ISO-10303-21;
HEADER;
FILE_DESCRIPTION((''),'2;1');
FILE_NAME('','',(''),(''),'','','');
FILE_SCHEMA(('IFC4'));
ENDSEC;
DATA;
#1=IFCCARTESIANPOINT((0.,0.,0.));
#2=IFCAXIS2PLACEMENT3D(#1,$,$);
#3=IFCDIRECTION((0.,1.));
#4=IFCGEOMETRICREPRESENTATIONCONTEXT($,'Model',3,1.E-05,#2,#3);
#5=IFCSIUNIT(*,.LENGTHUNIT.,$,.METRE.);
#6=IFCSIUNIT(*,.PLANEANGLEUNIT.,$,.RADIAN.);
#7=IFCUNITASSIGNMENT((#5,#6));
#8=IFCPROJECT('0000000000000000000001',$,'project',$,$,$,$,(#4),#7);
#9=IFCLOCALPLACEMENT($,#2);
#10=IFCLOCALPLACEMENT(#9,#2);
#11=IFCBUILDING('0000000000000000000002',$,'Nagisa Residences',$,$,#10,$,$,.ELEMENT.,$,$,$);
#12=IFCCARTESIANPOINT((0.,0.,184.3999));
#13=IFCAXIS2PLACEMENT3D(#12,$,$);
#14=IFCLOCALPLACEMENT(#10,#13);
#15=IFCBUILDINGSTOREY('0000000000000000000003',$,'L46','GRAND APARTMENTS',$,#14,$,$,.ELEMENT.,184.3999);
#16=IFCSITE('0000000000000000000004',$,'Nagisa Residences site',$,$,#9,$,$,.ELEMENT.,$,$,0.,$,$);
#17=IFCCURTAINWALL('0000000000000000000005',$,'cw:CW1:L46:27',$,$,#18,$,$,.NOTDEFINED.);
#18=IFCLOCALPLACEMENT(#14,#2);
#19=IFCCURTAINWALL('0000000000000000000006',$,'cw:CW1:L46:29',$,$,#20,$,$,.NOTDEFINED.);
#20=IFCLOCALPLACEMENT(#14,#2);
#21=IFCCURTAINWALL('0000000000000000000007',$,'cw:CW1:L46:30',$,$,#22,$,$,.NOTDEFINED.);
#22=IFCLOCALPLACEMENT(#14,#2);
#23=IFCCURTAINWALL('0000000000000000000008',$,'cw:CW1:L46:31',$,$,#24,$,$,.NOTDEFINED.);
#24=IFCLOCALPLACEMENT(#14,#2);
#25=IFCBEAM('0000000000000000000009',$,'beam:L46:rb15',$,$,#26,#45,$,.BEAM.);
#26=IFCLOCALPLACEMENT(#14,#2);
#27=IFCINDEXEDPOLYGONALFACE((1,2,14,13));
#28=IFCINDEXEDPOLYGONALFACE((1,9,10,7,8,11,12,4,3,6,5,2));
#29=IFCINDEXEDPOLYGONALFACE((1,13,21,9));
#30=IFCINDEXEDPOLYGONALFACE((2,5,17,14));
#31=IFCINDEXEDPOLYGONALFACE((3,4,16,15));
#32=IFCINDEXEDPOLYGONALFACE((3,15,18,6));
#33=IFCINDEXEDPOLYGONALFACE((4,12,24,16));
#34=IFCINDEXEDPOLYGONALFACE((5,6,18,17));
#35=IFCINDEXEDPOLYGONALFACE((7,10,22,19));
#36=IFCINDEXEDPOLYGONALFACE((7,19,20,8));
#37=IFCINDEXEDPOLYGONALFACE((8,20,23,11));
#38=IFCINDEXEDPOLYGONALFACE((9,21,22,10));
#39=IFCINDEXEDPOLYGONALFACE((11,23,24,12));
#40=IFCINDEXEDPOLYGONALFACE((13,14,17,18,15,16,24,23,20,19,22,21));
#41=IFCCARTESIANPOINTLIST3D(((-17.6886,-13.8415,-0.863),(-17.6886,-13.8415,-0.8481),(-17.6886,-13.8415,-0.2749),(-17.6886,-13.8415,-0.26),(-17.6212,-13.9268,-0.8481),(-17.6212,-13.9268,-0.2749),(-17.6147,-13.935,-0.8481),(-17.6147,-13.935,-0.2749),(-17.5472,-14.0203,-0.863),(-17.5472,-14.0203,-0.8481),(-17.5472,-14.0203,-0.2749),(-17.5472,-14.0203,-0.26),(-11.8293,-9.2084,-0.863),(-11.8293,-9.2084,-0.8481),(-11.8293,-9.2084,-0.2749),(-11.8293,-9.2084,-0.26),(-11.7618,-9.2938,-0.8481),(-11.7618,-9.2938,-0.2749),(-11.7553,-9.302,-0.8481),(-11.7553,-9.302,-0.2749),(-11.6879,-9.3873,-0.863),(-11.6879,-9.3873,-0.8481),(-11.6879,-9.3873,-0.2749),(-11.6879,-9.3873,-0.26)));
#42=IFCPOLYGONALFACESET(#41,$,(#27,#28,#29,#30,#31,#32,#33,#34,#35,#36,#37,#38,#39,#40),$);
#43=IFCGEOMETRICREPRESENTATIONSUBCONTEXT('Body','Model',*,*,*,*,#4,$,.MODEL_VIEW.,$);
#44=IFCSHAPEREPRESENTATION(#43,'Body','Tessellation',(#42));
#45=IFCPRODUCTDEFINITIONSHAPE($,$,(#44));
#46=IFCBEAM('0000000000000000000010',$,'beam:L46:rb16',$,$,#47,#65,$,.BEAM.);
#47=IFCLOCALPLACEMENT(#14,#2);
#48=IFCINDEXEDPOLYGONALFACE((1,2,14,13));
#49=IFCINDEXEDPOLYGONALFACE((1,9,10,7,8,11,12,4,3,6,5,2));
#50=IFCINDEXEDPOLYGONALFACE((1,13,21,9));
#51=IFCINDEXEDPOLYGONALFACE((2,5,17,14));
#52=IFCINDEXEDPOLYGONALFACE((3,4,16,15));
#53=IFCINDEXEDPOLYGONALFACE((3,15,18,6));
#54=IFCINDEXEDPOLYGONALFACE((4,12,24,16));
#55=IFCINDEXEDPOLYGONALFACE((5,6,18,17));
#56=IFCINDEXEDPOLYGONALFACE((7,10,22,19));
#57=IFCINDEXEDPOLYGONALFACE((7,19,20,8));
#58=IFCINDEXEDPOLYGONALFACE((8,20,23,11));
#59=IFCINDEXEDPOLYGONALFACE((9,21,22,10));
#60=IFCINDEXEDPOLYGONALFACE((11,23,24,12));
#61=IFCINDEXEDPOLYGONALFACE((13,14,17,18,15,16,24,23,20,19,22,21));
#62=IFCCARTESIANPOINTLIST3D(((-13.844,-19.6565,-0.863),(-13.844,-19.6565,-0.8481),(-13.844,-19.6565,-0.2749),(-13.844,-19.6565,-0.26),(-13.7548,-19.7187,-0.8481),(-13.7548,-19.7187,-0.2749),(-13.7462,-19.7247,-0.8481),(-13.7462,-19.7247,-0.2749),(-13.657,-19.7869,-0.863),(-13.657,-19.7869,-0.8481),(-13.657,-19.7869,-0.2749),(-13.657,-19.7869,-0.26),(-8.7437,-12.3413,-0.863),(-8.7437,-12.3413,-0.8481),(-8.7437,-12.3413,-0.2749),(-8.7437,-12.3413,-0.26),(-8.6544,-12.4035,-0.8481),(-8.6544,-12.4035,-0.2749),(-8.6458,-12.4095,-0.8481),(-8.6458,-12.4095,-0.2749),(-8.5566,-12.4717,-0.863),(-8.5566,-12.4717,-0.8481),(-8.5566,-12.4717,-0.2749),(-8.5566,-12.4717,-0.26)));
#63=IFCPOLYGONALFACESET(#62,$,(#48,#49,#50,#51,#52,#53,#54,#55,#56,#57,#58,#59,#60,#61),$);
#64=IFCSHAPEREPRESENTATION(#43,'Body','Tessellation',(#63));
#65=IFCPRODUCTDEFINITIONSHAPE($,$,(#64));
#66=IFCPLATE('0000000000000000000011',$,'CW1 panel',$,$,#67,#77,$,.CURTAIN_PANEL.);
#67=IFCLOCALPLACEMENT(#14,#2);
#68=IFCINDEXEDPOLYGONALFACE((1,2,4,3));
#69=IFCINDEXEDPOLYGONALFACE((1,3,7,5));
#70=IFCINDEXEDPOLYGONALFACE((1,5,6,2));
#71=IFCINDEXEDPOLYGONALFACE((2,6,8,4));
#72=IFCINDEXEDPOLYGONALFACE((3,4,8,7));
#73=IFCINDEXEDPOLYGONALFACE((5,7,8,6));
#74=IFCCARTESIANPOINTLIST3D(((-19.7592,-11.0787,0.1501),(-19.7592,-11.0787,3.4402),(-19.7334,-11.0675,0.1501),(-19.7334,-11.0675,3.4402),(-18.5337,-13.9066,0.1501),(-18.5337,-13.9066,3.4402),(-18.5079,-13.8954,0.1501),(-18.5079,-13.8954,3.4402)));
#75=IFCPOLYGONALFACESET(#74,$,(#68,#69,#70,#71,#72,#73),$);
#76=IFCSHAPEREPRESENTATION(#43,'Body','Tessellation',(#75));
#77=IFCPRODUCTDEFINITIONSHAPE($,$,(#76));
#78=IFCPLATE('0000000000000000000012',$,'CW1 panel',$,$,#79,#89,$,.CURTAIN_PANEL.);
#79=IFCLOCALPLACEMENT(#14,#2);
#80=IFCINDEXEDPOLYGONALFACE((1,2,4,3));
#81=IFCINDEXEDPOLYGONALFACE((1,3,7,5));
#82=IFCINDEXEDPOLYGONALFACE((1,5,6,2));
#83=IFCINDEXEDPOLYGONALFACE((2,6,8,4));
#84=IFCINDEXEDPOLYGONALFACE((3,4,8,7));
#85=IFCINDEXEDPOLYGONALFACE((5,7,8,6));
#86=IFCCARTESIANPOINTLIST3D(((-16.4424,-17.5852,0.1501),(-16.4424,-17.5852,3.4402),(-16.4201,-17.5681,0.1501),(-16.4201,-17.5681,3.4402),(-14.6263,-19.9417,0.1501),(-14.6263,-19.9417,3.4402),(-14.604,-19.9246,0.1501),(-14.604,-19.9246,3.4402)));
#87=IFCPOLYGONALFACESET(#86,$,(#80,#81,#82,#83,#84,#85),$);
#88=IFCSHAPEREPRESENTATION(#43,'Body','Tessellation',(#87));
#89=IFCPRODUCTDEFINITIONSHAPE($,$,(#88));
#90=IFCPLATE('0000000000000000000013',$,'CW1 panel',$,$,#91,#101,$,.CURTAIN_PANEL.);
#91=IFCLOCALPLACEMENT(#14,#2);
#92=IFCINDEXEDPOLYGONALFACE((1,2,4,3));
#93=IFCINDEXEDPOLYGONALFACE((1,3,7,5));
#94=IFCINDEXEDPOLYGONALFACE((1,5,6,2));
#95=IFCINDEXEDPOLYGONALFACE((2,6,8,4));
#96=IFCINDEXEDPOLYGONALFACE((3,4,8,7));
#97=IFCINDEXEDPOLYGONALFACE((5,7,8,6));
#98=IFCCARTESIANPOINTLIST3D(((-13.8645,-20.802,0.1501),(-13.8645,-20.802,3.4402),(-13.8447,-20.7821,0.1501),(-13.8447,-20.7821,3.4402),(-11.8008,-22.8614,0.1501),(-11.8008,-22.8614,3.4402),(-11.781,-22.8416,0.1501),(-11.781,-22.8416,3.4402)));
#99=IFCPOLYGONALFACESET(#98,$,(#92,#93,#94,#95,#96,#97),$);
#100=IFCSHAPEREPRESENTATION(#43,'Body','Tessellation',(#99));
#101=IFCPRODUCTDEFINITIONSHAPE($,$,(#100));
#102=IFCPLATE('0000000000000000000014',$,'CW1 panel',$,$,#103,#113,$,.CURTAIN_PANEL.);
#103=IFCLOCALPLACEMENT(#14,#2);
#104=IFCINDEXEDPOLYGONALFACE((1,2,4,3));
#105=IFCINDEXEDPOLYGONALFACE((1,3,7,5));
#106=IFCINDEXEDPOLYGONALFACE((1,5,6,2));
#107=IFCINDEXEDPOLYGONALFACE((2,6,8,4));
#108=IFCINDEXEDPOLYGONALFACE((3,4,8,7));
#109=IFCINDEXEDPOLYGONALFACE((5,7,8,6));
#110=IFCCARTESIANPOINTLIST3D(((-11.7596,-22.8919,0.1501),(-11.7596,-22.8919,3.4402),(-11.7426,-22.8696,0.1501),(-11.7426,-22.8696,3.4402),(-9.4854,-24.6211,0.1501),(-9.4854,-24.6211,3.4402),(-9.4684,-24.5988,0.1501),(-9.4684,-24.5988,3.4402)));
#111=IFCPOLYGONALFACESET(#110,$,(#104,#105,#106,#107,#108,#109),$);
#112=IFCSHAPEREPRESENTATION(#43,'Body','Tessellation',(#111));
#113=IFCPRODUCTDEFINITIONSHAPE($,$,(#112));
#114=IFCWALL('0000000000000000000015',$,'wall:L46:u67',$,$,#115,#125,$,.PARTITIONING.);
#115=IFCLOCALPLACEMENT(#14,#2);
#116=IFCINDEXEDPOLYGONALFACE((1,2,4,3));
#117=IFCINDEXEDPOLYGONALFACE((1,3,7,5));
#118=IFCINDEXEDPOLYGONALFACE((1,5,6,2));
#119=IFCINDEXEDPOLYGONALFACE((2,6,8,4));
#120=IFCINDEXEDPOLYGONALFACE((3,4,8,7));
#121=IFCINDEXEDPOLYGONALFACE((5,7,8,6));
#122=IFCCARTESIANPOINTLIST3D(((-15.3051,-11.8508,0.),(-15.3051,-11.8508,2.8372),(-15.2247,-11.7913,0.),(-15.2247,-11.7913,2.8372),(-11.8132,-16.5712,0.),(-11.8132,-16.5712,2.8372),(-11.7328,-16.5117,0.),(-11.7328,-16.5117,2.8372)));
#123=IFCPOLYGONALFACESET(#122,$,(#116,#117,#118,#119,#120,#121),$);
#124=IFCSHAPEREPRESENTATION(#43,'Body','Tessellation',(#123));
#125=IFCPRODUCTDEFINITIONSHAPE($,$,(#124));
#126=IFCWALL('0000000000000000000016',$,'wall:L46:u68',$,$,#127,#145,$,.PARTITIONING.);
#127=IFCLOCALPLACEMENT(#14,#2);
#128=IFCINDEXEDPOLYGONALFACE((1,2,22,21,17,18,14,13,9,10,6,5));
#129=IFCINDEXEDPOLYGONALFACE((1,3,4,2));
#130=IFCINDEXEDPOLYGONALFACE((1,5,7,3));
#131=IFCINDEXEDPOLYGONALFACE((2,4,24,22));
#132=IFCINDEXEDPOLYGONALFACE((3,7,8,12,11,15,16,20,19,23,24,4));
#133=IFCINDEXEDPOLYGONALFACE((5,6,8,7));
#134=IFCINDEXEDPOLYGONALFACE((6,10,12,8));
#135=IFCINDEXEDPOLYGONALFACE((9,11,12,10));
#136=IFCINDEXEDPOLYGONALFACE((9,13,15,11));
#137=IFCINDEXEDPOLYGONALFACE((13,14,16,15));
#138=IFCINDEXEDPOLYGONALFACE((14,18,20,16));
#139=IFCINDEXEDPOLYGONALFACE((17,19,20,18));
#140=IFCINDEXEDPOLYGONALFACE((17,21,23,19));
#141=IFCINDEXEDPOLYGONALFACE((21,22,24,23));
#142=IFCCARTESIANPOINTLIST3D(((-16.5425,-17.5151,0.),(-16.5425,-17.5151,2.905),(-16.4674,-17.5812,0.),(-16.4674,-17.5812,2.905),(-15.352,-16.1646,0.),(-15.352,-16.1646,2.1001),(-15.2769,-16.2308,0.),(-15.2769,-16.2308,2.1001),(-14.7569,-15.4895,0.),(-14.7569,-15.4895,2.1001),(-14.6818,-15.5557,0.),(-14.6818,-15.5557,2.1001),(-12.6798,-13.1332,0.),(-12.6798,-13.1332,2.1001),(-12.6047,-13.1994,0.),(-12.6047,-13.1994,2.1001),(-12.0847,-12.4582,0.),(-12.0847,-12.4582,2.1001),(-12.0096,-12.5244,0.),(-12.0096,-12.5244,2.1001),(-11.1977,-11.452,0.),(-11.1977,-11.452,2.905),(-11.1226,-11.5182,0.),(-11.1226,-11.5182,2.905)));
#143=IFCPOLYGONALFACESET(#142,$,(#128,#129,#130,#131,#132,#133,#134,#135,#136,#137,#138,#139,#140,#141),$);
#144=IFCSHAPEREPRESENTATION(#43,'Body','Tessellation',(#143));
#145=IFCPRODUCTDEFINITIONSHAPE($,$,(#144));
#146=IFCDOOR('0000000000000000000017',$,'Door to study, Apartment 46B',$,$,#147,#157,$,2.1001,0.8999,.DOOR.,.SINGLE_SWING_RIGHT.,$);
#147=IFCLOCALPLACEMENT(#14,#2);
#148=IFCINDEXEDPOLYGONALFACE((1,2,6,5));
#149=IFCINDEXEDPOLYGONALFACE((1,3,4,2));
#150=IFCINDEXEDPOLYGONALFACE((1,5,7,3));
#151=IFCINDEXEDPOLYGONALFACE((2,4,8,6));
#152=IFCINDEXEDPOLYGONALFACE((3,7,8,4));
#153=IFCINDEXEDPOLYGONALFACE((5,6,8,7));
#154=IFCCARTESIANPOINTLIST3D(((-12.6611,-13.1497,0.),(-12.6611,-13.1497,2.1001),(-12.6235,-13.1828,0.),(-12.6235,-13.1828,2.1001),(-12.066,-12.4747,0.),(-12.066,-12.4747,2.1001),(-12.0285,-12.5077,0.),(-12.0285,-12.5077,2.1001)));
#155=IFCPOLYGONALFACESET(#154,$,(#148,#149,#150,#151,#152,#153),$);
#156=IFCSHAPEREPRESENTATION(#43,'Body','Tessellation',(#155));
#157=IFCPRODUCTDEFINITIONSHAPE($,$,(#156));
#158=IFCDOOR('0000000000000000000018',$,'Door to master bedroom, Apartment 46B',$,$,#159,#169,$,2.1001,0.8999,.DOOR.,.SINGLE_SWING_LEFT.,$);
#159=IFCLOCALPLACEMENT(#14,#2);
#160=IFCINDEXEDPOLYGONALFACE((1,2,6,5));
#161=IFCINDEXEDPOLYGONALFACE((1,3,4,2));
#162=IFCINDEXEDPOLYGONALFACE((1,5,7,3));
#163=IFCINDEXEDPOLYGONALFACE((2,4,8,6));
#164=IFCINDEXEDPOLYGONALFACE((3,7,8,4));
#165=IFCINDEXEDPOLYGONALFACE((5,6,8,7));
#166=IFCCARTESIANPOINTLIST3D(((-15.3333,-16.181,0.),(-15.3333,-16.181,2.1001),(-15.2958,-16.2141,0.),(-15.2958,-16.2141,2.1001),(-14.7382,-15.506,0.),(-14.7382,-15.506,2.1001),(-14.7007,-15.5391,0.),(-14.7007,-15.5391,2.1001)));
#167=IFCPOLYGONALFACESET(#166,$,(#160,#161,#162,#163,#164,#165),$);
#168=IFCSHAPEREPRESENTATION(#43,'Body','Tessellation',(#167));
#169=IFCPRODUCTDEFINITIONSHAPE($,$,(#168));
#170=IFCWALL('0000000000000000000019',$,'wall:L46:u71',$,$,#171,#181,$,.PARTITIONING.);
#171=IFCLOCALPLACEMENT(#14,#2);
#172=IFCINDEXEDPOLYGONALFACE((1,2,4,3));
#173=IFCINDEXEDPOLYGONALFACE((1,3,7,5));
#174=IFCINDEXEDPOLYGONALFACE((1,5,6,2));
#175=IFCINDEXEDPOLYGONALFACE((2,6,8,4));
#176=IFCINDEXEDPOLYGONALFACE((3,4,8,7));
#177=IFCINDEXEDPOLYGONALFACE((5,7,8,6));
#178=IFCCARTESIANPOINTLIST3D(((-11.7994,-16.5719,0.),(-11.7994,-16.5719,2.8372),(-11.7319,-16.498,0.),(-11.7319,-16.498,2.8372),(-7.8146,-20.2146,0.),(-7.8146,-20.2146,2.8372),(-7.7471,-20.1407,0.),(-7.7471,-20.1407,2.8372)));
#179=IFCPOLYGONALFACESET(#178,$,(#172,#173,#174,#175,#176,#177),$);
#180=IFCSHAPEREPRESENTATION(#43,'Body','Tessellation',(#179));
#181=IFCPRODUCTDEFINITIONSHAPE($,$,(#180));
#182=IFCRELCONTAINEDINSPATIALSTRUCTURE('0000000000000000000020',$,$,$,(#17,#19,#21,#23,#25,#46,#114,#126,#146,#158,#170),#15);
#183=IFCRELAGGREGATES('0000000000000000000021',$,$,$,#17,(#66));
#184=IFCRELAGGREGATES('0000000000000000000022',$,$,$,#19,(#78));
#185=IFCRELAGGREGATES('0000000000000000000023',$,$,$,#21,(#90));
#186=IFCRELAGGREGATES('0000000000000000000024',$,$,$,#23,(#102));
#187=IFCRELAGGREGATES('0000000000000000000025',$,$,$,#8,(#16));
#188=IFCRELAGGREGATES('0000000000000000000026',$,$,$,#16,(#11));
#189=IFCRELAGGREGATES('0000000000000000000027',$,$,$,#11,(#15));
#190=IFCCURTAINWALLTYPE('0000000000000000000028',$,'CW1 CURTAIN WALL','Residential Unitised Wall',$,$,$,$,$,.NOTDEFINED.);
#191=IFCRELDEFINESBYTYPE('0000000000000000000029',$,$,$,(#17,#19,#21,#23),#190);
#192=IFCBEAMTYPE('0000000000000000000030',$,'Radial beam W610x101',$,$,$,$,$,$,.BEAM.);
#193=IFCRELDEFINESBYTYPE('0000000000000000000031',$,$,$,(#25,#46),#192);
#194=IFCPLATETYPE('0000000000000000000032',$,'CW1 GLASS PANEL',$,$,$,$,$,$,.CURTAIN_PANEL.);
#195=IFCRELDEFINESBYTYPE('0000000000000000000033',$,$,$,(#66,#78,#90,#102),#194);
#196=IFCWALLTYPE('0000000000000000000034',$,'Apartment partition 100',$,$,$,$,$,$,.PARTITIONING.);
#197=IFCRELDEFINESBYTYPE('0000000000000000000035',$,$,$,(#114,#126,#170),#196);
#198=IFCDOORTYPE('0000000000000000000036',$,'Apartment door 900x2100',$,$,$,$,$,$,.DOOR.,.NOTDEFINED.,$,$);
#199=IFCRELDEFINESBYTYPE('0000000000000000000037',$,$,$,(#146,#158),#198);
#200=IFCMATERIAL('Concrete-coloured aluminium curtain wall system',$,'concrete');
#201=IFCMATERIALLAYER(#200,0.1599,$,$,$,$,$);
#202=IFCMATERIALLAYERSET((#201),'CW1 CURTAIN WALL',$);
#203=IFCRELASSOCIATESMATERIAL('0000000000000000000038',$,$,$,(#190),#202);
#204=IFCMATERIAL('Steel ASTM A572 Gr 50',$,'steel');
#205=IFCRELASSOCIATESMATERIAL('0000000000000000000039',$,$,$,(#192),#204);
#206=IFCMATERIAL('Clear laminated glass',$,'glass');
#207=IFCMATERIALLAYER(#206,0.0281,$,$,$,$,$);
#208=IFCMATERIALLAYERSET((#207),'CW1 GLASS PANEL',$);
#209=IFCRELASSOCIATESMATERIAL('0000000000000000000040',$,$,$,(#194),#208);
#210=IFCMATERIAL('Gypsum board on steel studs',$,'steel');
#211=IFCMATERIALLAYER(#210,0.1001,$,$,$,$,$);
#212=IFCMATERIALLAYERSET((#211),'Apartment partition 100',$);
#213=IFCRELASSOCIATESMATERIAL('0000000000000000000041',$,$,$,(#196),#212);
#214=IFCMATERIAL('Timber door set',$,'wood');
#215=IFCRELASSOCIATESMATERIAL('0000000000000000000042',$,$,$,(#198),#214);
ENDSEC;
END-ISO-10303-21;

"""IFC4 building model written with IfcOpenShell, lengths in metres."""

from ifc_helpers import new_model, si_unit, direction, frame, frame_2d, origin, origin_2d, place, context, subcontext, project, spatial, rectangle, i_section, extrude, material, layer, layer_set, material_profile, profile_set, type_object, element, fill, aggregate, save


model = new_model("IFC4")

# Units and contexts
model_context = context("Model", 3, precision=1e-05, world=origin(), true_north=direction((0.0, 1.0)))
body_context = subcontext(model_context, "Body", "Model", "MODEL_VIEW")
ifc_project = project(units=[si_unit("LENGTHUNIT", "METRE"), si_unit("PLANEANGLEUNIT", "RADIAN")], contexts=[model_context])

# Site, building, storey
site_placement = place(None, origin())
site = spatial("IfcSite", under=ifc_project, at=site_placement, Name="Nagisa Residences site", CompositionType="ELEMENT", RefElevation=0.0)
building_placement = place(site_placement, origin())
building = spatial("IfcBuilding", under=site, at=building_placement, Name="Nagisa Residences", CompositionType="ELEMENT")
storey_placement = place(building_placement, frame((0.0, 0.0, 184.3999)))
storey = spatial("IfcBuildingStorey", under=building, at=storey_placement, Name="L46", Description="GRAND APARTMENTS", CompositionType="ELEMENT", Elevation=184.3999)

# Curtain walls
ifc_material_1 = material(Name="Concrete-coloured aluminium curtain wall system", Category="concrete")
ifc_layer_1 = layer(ifc_material_1, 0.1599)
ifc_layer_set_1 = layer_set([ifc_layer_1], Name="CW1 CURTAIN WALL")
curtain_wall_type = type_object("IfcCurtainWallType", Name="CW1 CURTAIN WALL", Description="Residential Unitised Wall", PredefinedType="NOTDEFINED", material=ifc_layer_set_1)
curtain_wall_1_placement = place(storey_placement, origin())
curtain_wall_1 = element("IfcCurtainWall", 1, at=curtain_wall_1_placement, inside=storey, type_object=curtain_wall_type, Name="cw:CW1:L46:27", PredefinedType="NOTDEFINED")
curtain_wall_2_placement = place(storey_placement, origin())
curtain_wall_2 = element("IfcCurtainWall", 2, at=curtain_wall_2_placement, inside=storey, type_object=curtain_wall_type, Name="cw:CW1:L46:29", PredefinedType="NOTDEFINED")
curtain_wall_3_placement = place(storey_placement, origin())
curtain_wall_3 = element("IfcCurtainWall", 3, at=curtain_wall_3_placement, inside=storey, type_object=curtain_wall_type, Name="cw:CW1:L46:30", PredefinedType="NOTDEFINED")
curtain_wall_4_placement = place(storey_placement, origin())
curtain_wall_4 = element("IfcCurtainWall", 4, at=curtain_wall_4_placement, inside=storey, type_object=curtain_wall_type, Name="cw:CW1:L46:31", PredefinedType="NOTDEFINED")

# Beams
ifc_material_2 = material(Name="Steel ASTM A572 Gr 50", Category="steel")
ifc_material_profile_1 = material_profile(ifc_material_2, i_section(OverallWidth=0.228, OverallDepth=0.603, WebThickness=0.0105, FlangeThickness=0.0149, at=origin_2d()), Name="W610x101")
ifc_profile_set_1 = profile_set([ifc_material_profile_1], Name="Steel ASTM A572 Gr 50")
beam_type_1 = type_object("IfcBeamType", Name="Radial beam W610x101", PredefinedType="BEAM", material=ifc_profile_set_1)
beam_1_placement = place(storey_placement, frame((-17.6179, -13.9309, -0.5615), z_axis=(0.784412, 0.620241, 0.0), x_axis=(-0.620241, 0.784412, 0.0)))
element("IfcBeam", 5, at=beam_1_placement, inside=storey, type_object=beam_type_1, Name="beam:L46:rb15", PredefinedType="BEAM", context=body_context, shape_type="SweptSolid", body=[
    extrude(i_section(OverallWidth=0.228, OverallDepth=0.603, WebThickness=0.0105, FlangeThickness=0.0149, at=origin_2d()), origin(), (0.0, 0.0, 1.0), 7.4697),
])
beam_2_placement = place(storey_placement, frame((-13.7505, -19.7217, -0.5615), z_axis=(0.571934, 0.820299, 0.0), x_axis=(-0.820299, 0.571934, 0.0)))
element("IfcBeam", 6, at=beam_2_placement, inside=storey, type_object=beam_type_1, Name="beam:L46:rb16", PredefinedType="BEAM", context=body_context, shape_type="SweptSolid", body=[
    extrude(i_section(OverallWidth=0.228, OverallDepth=0.603, WebThickness=0.0105, FlangeThickness=0.0149, at=origin_2d()), origin(), (0.0, 0.0, 1.0), 8.9177),
])

# Plates
ifc_material_3 = material(Name="Clear laminated glass", Category="glass")
ifc_layer_2 = layer(ifc_material_3, 0.0281)
ifc_layer_set_2 = layer_set([ifc_layer_2], Name="CW1 GLASS PANEL")
plate_type = type_object("IfcPlateType", Name="CW1 GLASS PANEL", PredefinedType="CURTAIN_PANEL", material=ifc_layer_set_2)
plate_1_placement = place(storey_placement, frame((-19.1335, -12.4871, 0.1501), z_axis=(0.0, 0.0, 1.0), x_axis=(0.397636, -0.917543, 0.0)))
plate_1 = element("IfcPlate", 7, at=plate_1_placement, type_object=plate_type, Name="CW1 panel", PredefinedType="CURTAIN_PANEL", context=body_context, shape_type="SweptSolid", body=[
    extrude(rectangle(XDim=3.082, YDim=0.0281, at=origin_2d()), origin(), (0.0, 0.0, 1.0), 3.29),
])
aggregate(curtain_wall_1, [plate_1])
plate_2_placement = place(storey_placement, frame((-15.5232, -18.7549, 0.1501), z_axis=(0.0, 0.0, 1.0), x_axis=(0.61043, -0.79207, 0.0)))
plate_2 = element("IfcPlate", 8, at=plate_2_placement, type_object=plate_type, Name="CW1 panel", PredefinedType="CURTAIN_PANEL", context=body_context, shape_type="SweptSolid", body=[
    extrude(rectangle(XDim=2.9751, YDim=0.0281, at=origin_2d()), origin(), (0.0, 0.0, 1.0), 3.29),
])
aggregate(curtain_wall_2, [plate_2])
plate_3_placement = place(storey_placement, frame((-12.8228, -21.8218, 0.1501), z_axis=(0.0, 0.0, 1.0), x_axis=(0.707836, -0.706377, 0.0)))
plate_3 = element("IfcPlate", 9, at=plate_3_placement, type_object=plate_type, Name="CW1 panel", PredefinedType="CURTAIN_PANEL", context=body_context, shape_type="SweptSolid", body=[
    extrude(rectangle(XDim=2.9155, YDim=0.0281, at=origin_2d()), origin(), (0.0, 0.0, 1.0), 3.29),
])
aggregate(curtain_wall_3, [plate_3])
plate_4_placement = place(storey_placement, frame((-10.614, -23.7454, 0.1501), z_axis=(0.0, 0.0, 1.0), x_axis=(0.796031, -0.605255, 0.0)))
plate_4 = element("IfcPlate", 10, at=plate_4_placement, type_object=plate_type, Name="CW1 panel", PredefinedType="CURTAIN_PANEL", context=body_context, shape_type="SweptSolid", body=[
    extrude(rectangle(XDim=2.8569, YDim=0.0281, at=origin_2d()), origin(), (0.0, 0.0, 1.0), 3.29),
])
aggregate(curtain_wall_4, [plate_4])

# Wall
ifc_material_4 = material(Name="Gypsum board on steel studs", Category="steel")
ifc_layer_3 = layer(ifc_material_4, 0.1001)
ifc_layer_set_3 = layer_set([ifc_layer_3], Name="Apartment partition 100")
wall_type_1 = type_object("IfcWallType", Name="Apartment partition 100", PredefinedType="PARTITIONING", material=ifc_layer_set_3)
wall_1_placement = place(storey_placement, frame((-15.2649, -11.821, 0.0), z_axis=(0.0, 0.0, 1.0), x_axis=(0.594711, -0.803939, 0.0)))
element("IfcWall", 11, at=wall_1_placement, inside=storey, type_object=wall_type_1, Name="wall:L46:u67", PredefinedType="PARTITIONING", context=body_context, shape_type="SweptSolid", body=[
    extrude(rectangle(XDim=5.8716, YDim=0.1001, at=frame_2d((2.9358, 0.0))), origin(), (0.0, 0.0, 1.0), 2.8372),
])

# Wall, openings, doors
wall_2_placement = place(storey_placement, frame((-11.1602, -11.4851, 0.0), z_axis=(0.0, 0.0, 1.0), x_axis=(-0.661276, -0.750143, 0.0)))
wall_2 = element("IfcWall", 12, at=wall_2_placement, inside=storey, type_object=wall_type_1, Name="wall:L46:u68", PredefinedType="PARTITIONING", context=body_context, shape_type="SweptSolid", body=[
    extrude(rectangle(XDim=8.0825, YDim=0.1001, at=frame_2d((4.0413, 0.0))), origin(), (0.0, 0.0, 1.0), 2.905),
])
opening_1_placement = place(wall_2_placement, frame((1.3413, 0.0, 0.0)))
opening_1 = element("IfcOpeningElement", 13, at=opening_1_placement, cuts=wall_2, PredefinedType="OPENING", context=body_context, shape_type="SweptSolid", body=[
    extrude(rectangle(XDim=0.8999, YDim=2.1001, at=frame_2d((0.45, 1.05))), frame((0.0, 0.0601, 0.0), z_axis=(0.0, -1.0, 0.0), x_axis=(1.0, 0.0, 0.0)), (0.0, 0.0, 1.0), 0.1201),
])
opening_2_placement = place(wall_2_placement, frame((5.3823, 0.0, 0.0)))
opening_2 = element("IfcOpeningElement", 14, at=opening_2_placement, cuts=wall_2, PredefinedType="OPENING", context=body_context, shape_type="SweptSolid", body=[
    extrude(rectangle(XDim=0.8999, YDim=2.1001, at=frame_2d((0.45, 1.05))), frame((0.0, 0.0601, 0.0), z_axis=(0.0, -1.0, 0.0), x_axis=(1.0, 0.0, 0.0)), (0.0, 0.0, 1.0), 0.1201),
])
ifc_material_5 = material(Name="Timber door set", Category="wood")
door_type_1 = type_object("IfcDoorType", Name="Apartment door 900x2100", OperationType="NOTDEFINED", PredefinedType="DOOR", material=ifc_material_5)
door_1_placement = place(opening_1_placement, origin())
door_1 = element("IfcDoor", 15, at=door_1_placement, inside=storey, type_object=door_type_1, Name="Door to study, Apartment 46B", OperationType="SINGLE_SWING_RIGHT", OverallHeight=2.1001, OverallWidth=0.8999, PredefinedType="DOOR", context=body_context, shape_type="SweptSolid", body=[
    extrude(rectangle(XDim=0.8999, YDim=2.1001, at=frame_2d((0.45, 1.05))), frame((0.0, 0.0249, 0.0), z_axis=(0.0, -1.0, 0.0), x_axis=(1.0, 0.0, 0.0)), (0.0, 0.0, 1.0), 0.05),
])
fill(opening_1, door_1)
door_2_placement = place(opening_2_placement, origin())
door_2 = element("IfcDoor", 16, at=door_2_placement, inside=storey, type_object=door_type_1, Name="Door to master bedroom, Apartment 46B", OperationType="SINGLE_SWING_LEFT", OverallHeight=2.1001, OverallWidth=0.8999, PredefinedType="DOOR", context=body_context, shape_type="SweptSolid", body=[
    extrude(rectangle(XDim=0.8999, YDim=2.1001, at=frame_2d((0.45, 1.05))), frame((0.0, 0.0249, 0.0), z_axis=(0.0, -1.0, 0.0), x_axis=(1.0, 0.0, 0.0)), (0.0, 0.0, 1.0), 0.05),
])
fill(opening_2, door_2)

# Wall
wall_3_placement = place(storey_placement, frame((-11.7656, -16.5349, 0.0), z_axis=(0.0, 0.0, 1.0), x_axis=(0.738073, -0.674721, 0.0)))
element("IfcWall", 17, at=wall_3_placement, inside=storey, type_object=wall_type_1, Name="wall:L46:u71", PredefinedType="PARTITIONING", context=body_context, shape_type="SweptSolid", body=[
    extrude(rectangle(XDim=5.3989, YDim=0.1001, at=frame_2d((2.6995, 0.0))), origin(), (0.0, 0.0, 1.0), 2.8372),
])

save(model, "model.ifc")
